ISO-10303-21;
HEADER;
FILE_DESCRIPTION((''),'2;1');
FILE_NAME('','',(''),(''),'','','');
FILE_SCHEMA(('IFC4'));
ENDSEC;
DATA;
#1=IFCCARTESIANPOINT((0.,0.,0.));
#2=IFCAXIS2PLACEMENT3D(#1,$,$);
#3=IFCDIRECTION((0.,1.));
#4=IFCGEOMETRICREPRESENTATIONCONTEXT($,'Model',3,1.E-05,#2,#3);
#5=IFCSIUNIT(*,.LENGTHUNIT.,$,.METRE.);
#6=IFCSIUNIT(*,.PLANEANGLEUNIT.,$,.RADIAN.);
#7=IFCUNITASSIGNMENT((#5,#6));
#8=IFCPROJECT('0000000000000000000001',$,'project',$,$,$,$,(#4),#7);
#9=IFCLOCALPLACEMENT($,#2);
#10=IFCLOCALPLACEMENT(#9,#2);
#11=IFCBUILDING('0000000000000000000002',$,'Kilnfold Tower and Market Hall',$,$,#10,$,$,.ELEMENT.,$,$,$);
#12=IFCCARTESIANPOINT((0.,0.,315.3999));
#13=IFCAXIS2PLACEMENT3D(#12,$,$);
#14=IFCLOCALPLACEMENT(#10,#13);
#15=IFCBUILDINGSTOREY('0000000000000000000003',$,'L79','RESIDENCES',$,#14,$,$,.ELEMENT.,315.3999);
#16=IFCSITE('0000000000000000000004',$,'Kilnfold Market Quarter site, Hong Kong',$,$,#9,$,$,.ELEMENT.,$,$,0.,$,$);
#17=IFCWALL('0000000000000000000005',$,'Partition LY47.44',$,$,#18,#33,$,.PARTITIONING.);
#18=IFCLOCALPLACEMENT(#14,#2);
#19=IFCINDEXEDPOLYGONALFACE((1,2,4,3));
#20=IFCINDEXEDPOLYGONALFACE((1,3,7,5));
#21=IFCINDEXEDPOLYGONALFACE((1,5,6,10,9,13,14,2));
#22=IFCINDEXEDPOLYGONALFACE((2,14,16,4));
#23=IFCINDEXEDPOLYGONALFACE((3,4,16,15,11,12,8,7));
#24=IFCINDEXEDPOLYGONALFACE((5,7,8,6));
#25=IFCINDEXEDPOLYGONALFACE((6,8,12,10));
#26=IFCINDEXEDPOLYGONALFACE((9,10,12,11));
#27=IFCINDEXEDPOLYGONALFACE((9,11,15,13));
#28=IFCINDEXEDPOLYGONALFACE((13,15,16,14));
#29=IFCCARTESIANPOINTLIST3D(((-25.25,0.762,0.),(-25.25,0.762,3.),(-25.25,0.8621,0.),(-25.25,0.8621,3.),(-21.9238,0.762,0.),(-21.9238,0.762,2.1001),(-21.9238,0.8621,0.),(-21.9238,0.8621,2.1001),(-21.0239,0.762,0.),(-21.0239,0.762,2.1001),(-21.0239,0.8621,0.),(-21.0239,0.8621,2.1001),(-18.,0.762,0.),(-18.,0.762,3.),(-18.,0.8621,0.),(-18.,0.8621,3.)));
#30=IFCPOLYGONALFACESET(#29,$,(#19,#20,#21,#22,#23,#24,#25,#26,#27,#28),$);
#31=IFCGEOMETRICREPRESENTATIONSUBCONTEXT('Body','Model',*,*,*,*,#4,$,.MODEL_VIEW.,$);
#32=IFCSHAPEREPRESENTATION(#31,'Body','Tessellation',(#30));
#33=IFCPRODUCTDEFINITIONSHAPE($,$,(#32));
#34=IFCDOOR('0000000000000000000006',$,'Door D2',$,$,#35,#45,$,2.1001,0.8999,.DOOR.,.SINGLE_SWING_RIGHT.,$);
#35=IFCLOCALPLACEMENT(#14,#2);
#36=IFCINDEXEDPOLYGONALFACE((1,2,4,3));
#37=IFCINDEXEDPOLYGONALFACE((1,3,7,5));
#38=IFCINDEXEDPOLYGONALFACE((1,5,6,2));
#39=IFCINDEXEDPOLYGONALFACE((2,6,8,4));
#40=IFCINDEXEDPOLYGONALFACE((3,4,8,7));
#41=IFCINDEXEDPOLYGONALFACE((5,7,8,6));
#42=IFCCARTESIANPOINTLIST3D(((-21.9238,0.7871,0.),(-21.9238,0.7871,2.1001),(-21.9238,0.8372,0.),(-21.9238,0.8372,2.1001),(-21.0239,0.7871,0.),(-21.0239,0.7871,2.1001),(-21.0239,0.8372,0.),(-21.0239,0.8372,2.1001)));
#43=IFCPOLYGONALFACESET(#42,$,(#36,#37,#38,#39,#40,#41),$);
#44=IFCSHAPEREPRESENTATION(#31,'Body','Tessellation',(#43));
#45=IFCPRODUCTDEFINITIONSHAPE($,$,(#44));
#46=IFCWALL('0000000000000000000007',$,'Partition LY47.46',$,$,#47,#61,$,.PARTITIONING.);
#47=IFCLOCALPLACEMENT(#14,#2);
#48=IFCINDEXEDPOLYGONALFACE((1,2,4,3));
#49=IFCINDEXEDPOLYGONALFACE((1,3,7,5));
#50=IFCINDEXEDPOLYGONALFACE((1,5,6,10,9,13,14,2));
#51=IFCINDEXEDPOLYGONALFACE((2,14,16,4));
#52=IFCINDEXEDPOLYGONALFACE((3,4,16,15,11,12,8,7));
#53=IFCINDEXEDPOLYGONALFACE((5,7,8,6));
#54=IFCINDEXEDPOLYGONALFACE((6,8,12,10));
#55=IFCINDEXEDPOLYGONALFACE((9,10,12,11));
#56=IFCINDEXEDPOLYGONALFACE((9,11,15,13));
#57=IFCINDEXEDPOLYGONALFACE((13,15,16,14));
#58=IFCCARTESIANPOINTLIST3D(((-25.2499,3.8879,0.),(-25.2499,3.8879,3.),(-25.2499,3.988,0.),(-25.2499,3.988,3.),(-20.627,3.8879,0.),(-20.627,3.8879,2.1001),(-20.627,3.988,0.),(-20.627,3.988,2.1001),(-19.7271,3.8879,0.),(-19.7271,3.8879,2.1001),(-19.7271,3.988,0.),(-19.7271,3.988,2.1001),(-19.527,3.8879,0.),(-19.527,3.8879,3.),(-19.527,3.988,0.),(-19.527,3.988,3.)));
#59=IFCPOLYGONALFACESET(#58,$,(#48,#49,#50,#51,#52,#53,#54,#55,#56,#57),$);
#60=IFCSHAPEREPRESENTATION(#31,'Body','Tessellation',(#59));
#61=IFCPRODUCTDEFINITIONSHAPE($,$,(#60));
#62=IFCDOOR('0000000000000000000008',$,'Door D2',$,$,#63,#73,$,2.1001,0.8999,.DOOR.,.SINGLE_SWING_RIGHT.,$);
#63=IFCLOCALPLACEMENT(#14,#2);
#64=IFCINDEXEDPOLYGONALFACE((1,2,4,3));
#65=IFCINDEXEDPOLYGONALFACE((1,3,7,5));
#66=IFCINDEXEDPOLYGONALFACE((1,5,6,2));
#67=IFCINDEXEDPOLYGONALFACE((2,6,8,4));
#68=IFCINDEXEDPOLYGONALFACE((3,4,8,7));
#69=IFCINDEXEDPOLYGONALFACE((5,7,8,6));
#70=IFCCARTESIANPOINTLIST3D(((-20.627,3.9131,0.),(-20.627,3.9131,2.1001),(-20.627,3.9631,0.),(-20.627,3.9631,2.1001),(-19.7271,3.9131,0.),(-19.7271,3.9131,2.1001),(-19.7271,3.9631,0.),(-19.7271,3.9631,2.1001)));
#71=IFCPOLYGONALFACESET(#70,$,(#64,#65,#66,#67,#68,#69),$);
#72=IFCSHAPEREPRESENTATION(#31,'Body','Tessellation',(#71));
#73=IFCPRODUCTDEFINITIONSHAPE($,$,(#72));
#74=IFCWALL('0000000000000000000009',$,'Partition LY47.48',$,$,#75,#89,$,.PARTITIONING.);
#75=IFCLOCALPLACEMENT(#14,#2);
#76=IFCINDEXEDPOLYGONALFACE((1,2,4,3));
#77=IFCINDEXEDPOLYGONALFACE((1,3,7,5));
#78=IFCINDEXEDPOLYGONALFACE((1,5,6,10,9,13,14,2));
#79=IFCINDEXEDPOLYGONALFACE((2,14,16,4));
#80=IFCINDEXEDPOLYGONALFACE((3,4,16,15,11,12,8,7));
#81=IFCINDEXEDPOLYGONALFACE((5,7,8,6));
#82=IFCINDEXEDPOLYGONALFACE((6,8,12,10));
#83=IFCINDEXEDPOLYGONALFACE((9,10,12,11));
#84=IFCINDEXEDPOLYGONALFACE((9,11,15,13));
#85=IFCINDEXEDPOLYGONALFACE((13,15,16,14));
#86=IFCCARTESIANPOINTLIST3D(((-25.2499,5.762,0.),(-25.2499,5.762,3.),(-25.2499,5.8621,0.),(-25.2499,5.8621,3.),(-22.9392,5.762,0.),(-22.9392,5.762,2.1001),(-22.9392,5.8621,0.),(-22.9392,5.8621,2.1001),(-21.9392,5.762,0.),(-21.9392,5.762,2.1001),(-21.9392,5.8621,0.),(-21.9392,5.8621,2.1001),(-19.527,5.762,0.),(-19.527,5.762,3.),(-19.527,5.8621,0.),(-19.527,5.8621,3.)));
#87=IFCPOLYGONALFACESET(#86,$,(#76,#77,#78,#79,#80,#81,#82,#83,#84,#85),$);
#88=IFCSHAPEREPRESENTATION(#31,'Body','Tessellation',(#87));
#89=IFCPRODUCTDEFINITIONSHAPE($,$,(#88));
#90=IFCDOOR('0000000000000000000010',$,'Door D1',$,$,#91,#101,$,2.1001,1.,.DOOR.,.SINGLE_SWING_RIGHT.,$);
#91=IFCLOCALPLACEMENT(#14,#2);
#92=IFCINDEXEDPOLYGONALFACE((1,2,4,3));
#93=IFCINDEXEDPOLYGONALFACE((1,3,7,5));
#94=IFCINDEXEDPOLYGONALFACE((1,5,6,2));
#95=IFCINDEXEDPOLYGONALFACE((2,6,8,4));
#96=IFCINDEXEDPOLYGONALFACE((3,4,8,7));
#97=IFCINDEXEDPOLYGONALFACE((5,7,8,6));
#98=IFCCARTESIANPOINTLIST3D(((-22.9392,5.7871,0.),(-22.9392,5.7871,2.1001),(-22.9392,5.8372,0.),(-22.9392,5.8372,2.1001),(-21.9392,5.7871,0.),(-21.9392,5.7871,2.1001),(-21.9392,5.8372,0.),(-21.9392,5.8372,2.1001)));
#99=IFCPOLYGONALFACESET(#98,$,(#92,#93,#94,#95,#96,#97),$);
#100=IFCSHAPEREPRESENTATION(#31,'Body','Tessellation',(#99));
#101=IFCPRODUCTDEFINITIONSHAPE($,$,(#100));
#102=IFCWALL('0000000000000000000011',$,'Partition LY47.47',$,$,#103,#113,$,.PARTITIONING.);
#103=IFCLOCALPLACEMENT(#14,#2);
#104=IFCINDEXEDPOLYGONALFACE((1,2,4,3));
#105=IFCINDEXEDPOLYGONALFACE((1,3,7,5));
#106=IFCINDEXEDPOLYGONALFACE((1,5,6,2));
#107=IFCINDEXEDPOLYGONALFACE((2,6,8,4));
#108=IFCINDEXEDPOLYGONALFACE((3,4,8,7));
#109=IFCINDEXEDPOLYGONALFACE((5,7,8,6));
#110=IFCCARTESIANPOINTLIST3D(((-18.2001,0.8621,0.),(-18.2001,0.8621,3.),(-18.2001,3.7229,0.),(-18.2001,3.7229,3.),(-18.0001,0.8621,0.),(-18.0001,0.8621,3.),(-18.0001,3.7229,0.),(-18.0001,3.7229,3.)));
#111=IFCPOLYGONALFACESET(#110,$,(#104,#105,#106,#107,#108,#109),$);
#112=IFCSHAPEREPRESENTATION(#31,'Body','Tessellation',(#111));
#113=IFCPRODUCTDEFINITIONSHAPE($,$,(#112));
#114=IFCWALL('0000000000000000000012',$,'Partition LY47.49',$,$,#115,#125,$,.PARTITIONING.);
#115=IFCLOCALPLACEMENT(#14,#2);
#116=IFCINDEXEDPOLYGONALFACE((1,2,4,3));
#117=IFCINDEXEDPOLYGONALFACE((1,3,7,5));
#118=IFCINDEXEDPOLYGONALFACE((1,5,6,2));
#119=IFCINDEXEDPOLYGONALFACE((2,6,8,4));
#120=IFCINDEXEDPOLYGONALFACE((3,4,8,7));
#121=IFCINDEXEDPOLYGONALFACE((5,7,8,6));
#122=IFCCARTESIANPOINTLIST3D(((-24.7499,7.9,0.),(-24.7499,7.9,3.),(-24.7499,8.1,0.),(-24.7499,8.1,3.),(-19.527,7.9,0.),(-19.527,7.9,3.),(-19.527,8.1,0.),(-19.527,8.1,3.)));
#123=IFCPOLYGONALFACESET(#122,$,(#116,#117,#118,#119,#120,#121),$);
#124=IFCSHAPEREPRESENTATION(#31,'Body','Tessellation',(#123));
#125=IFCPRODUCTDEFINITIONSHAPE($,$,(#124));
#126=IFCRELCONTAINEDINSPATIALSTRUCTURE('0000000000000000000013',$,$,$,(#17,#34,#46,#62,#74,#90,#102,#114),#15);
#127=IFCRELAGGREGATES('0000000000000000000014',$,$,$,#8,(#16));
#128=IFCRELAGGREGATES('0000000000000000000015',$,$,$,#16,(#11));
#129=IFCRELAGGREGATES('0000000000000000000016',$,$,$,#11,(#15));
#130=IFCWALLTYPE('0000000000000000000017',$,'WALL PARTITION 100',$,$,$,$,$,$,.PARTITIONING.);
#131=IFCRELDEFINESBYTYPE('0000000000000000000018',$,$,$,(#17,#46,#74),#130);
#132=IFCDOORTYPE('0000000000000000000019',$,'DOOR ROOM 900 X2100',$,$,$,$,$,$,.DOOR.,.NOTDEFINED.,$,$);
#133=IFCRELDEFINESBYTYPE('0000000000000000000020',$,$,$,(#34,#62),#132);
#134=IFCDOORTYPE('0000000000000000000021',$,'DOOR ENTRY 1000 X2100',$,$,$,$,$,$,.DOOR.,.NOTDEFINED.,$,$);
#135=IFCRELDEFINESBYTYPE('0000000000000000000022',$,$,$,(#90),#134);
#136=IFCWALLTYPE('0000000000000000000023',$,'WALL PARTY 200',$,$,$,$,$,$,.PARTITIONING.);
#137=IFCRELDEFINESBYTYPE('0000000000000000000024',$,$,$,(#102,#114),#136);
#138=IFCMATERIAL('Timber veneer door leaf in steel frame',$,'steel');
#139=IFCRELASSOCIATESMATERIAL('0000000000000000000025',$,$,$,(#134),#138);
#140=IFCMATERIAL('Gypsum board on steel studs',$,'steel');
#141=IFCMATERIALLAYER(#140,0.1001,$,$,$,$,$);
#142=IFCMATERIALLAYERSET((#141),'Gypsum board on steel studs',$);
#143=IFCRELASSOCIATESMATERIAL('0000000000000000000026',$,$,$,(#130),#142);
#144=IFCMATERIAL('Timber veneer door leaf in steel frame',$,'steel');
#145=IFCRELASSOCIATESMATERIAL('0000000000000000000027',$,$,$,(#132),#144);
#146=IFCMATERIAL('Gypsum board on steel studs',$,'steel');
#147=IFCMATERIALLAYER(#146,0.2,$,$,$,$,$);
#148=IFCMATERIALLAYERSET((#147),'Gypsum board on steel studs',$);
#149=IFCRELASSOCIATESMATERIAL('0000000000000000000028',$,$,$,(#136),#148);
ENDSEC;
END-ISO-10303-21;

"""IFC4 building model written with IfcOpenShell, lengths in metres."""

from ifc_helpers import new_model, si_unit, direction, frame, frame_2d, origin, place, context, subcontext, project, spatial, rectangle, extrude, material, layer, layer_set, type_object, element, fill, save


model = new_model("IFC4")

# Units and contexts
model_context = context("Model", 3, precision=1e-05, world=origin(), true_north=direction((0.0, 1.0)))
body_context = subcontext(model_context, "Body", "Model", "MODEL_VIEW")
ifc_project = project(units=[si_unit("LENGTHUNIT", "METRE"), si_unit("PLANEANGLEUNIT", "RADIAN")], contexts=[model_context])

# Site, building, storey
site_placement = place(None, origin())
site = spatial("IfcSite", under=ifc_project, at=site_placement, Name="Kilnfold Market Quarter site, Hong Kong", CompositionType="ELEMENT", RefElevation=0.0)
building_placement = place(site_placement, origin())
building = spatial("IfcBuilding", under=site, at=building_placement, Name="Kilnfold Tower and Market Hall", CompositionType="ELEMENT")
storey_placement = place(building_placement, frame((0.0, 0.0, 315.3999)))
storey = spatial("IfcBuildingStorey", under=building, at=storey_placement, Name="L79", Description="RESIDENCES", CompositionType="ELEMENT", Elevation=315.3999)

# Shared definitions
ifc_material_1 = material(Name="Timber veneer door leaf in steel frame", Category="steel")
door_type_1 = type_object("IfcDoorType", Name="DOOR ENTRY 1000 X2100", OperationType="NOTDEFINED", PredefinedType="DOOR", material=ifc_material_1)

# Walls, openings, doors
ifc_material_2 = material(Name="Gypsum board on steel studs", Category="steel")
ifc_layer_1 = layer(ifc_material_2, 0.1001)
ifc_layer_set_1 = layer_set([ifc_layer_1], Name="Gypsum board on steel studs")
wall_type_1 = type_object("IfcWallType", Name="WALL PARTITION 100", PredefinedType="PARTITIONING", material=ifc_layer_set_1)
wall_1_placement = place(storey_placement, frame((-18.0, 0.812, 0.0), z_axis=(0.0, 0.0, 1.0), x_axis=(-1.0, 0.0, 0.0)))
wall_1 = element("IfcWall", 1, at=wall_1_placement, inside=storey, type_object=wall_type_1, Name="Partition LY47.44", PredefinedType="PARTITIONING", context=body_context, shape_type="SweptSolid", body=[
    extrude(rectangle(XDim=7.25, YDim=0.1001, at=frame_2d((3.625, 0.0))), origin(), (0.0, 0.0, 1.0), 3.0),
])
opening_1_placement = place(wall_1_placement, frame((3.0239, 0.0, 0.0)))
opening_1 = element("IfcOpeningElement", 2, at=opening_1_placement, cuts=wall_1, PredefinedType="OPENING", context=body_context, shape_type="SweptSolid", body=[
    extrude(rectangle(XDim=0.8999, YDim=2.1001, at=frame_2d((0.45, 1.05))), frame((0.0, 0.0601, 0.0), z_axis=(0.0, -1.0, 0.0), x_axis=(1.0, 0.0, 0.0)), (0.0, 0.0, 1.0), 0.1201),
])
ifc_material_3 = material(Name="Timber veneer door leaf in steel frame", Category="steel")
door_type_2 = type_object("IfcDoorType", Name="DOOR ROOM 900 X2100", OperationType="NOTDEFINED", PredefinedType="DOOR", material=ifc_material_3)
door_1_placement = place(opening_1_placement, origin())
door_1 = element("IfcDoor", 3, at=door_1_placement, inside=storey, type_object=door_type_2, Name="Door D2", OperationType="SINGLE_SWING_RIGHT", OverallHeight=2.1001, OverallWidth=0.8999, PredefinedType="DOOR", context=body_context, shape_type="SweptSolid", body=[
    extrude(rectangle(XDim=0.8999, YDim=2.1001, at=frame_2d((0.45, 1.05))), frame((0.0, 0.0249, 0.0), z_axis=(0.0, -1.0, 0.0), x_axis=(1.0, 0.0, 0.0)), (0.0, 0.0, 1.0), 0.05),
])
fill(opening_1, door_1)
wall_2_placement = place(storey_placement, frame((-19.5271, 3.938, 0.0), z_axis=(0.0, 0.0, 1.0), x_axis=(-1.0, 0.0, 0.0)))
wall_2 = element("IfcWall", 4, at=wall_2_placement, inside=storey, type_object=wall_type_1, Name="Partition LY47.46", PredefinedType="PARTITIONING", context=body_context, shape_type="SweptSolid", body=[
    extrude(rectangle(XDim=5.7229, YDim=0.1001, at=frame_2d((2.8613, 0.0))), origin(), (0.0, 0.0, 1.0), 3.0),
])
opening_2_placement = place(wall_2_placement, frame((0.2, 0.0, 0.0)))
opening_2 = element("IfcOpeningElement", 5, at=opening_2_placement, cuts=wall_2, PredefinedType="OPENING", context=body_context, shape_type="SweptSolid", body=[
    extrude(rectangle(XDim=0.8999, YDim=2.1001, at=frame_2d((0.45, 1.05))), frame((0.0, 0.0601, 0.0), z_axis=(0.0, -1.0, 0.0), x_axis=(1.0, 0.0, 0.0)), (0.0, 0.0, 1.0), 0.1201),
])
door_2_placement = place(opening_2_placement, origin())
door_2 = element("IfcDoor", 6, at=door_2_placement, inside=storey, type_object=door_type_2, Name="Door D2", OperationType="SINGLE_SWING_RIGHT", OverallHeight=2.1001, OverallWidth=0.8999, PredefinedType="DOOR", context=body_context, shape_type="SweptSolid", body=[
    extrude(rectangle(XDim=0.8999, YDim=2.1001, at=frame_2d((0.45, 1.05))), frame((0.0, 0.0249, 0.0), z_axis=(0.0, -1.0, 0.0), x_axis=(1.0, 0.0, 0.0)), (0.0, 0.0, 1.0), 0.05),
])
fill(opening_2, door_2)
wall_3_placement = place(storey_placement, frame((-19.5271, 5.812, 0.0), z_axis=(0.0, 0.0, 1.0), x_axis=(-1.0, 0.0, 0.0)))
wall_3 = element("IfcWall", 7, at=wall_3_placement, inside=storey, type_object=wall_type_1, Name="Partition LY47.48", PredefinedType="PARTITIONING", context=body_context, shape_type="SweptSolid", body=[
    extrude(rectangle(XDim=5.7229, YDim=0.1001, at=frame_2d((2.8613, 0.0))), origin(), (0.0, 0.0, 1.0), 3.0),
])
opening_3_placement = place(wall_3_placement, frame((2.4121, 0.0, 0.0)))
opening_3 = element("IfcOpeningElement", 8, at=opening_3_placement, cuts=wall_3, PredefinedType="OPENING", context=body_context, shape_type="SweptSolid", body=[
    extrude(rectangle(XDim=1.0, YDim=2.1001, at=frame_2d((0.5, 1.05))), frame((0.0, 0.0601, 0.0), z_axis=(0.0, -1.0, 0.0), x_axis=(1.0, 0.0, 0.0)), (0.0, 0.0, 1.0), 0.1201),
])
door_3_placement = place(opening_3_placement, origin())
door_3 = element("IfcDoor", 9, at=door_3_placement, inside=storey, type_object=door_type_1, Name="Door D1", OperationType="SINGLE_SWING_RIGHT", OverallHeight=2.1001, OverallWidth=1.0, PredefinedType="DOOR", context=body_context, shape_type="SweptSolid", body=[
    extrude(rectangle(XDim=1.0, YDim=2.1001, at=frame_2d((0.5, 1.05))), frame((0.0, 0.0249, 0.0), z_axis=(0.0, -1.0, 0.0), x_axis=(1.0, 0.0, 0.0)), (0.0, 0.0, 1.0), 0.05),
])
fill(opening_3, door_3)

# Walls
ifc_material_4 = material(Name="Gypsum board on steel studs", Category="steel")
ifc_layer_2 = layer(ifc_material_4, 0.2)
ifc_layer_set_2 = layer_set([ifc_layer_2], Name="Gypsum board on steel studs")
wall_type_2 = type_object("IfcWallType", Name="WALL PARTY 200", PredefinedType="PARTITIONING", material=ifc_layer_set_2)
wall_4_placement = place(storey_placement, frame((-18.1001, 0.8621, 0.0), z_axis=(0.0, 0.0, 1.0), x_axis=(0.0, 1.0, 0.0)))
element("IfcWall", 10, at=wall_4_placement, inside=storey, type_object=wall_type_2, Name="Partition LY47.47", PredefinedType="PARTITIONING", context=body_context, shape_type="SweptSolid", body=[
    extrude(rectangle(XDim=2.8608, YDim=0.2, at=frame_2d((1.4304, 0.0))), origin(), (0.0, 0.0, 1.0), 3.0),
])
wall_5_placement = place(storey_placement, frame((-19.5271, 8.0, 0.0), z_axis=(0.0, 0.0, 1.0), x_axis=(-1.0, 0.0, 0.0)))
element("IfcWall", 11, at=wall_5_placement, inside=storey, type_object=wall_type_2, Name="Partition LY47.49", PredefinedType="PARTITIONING", context=body_context, shape_type="SweptSolid", body=[
    extrude(rectangle(XDim=5.2229, YDim=0.2, at=frame_2d((2.6113, 0.0))), origin(), (0.0, 0.0, 1.0), 3.0),
])

save(model, "model.ifc")
